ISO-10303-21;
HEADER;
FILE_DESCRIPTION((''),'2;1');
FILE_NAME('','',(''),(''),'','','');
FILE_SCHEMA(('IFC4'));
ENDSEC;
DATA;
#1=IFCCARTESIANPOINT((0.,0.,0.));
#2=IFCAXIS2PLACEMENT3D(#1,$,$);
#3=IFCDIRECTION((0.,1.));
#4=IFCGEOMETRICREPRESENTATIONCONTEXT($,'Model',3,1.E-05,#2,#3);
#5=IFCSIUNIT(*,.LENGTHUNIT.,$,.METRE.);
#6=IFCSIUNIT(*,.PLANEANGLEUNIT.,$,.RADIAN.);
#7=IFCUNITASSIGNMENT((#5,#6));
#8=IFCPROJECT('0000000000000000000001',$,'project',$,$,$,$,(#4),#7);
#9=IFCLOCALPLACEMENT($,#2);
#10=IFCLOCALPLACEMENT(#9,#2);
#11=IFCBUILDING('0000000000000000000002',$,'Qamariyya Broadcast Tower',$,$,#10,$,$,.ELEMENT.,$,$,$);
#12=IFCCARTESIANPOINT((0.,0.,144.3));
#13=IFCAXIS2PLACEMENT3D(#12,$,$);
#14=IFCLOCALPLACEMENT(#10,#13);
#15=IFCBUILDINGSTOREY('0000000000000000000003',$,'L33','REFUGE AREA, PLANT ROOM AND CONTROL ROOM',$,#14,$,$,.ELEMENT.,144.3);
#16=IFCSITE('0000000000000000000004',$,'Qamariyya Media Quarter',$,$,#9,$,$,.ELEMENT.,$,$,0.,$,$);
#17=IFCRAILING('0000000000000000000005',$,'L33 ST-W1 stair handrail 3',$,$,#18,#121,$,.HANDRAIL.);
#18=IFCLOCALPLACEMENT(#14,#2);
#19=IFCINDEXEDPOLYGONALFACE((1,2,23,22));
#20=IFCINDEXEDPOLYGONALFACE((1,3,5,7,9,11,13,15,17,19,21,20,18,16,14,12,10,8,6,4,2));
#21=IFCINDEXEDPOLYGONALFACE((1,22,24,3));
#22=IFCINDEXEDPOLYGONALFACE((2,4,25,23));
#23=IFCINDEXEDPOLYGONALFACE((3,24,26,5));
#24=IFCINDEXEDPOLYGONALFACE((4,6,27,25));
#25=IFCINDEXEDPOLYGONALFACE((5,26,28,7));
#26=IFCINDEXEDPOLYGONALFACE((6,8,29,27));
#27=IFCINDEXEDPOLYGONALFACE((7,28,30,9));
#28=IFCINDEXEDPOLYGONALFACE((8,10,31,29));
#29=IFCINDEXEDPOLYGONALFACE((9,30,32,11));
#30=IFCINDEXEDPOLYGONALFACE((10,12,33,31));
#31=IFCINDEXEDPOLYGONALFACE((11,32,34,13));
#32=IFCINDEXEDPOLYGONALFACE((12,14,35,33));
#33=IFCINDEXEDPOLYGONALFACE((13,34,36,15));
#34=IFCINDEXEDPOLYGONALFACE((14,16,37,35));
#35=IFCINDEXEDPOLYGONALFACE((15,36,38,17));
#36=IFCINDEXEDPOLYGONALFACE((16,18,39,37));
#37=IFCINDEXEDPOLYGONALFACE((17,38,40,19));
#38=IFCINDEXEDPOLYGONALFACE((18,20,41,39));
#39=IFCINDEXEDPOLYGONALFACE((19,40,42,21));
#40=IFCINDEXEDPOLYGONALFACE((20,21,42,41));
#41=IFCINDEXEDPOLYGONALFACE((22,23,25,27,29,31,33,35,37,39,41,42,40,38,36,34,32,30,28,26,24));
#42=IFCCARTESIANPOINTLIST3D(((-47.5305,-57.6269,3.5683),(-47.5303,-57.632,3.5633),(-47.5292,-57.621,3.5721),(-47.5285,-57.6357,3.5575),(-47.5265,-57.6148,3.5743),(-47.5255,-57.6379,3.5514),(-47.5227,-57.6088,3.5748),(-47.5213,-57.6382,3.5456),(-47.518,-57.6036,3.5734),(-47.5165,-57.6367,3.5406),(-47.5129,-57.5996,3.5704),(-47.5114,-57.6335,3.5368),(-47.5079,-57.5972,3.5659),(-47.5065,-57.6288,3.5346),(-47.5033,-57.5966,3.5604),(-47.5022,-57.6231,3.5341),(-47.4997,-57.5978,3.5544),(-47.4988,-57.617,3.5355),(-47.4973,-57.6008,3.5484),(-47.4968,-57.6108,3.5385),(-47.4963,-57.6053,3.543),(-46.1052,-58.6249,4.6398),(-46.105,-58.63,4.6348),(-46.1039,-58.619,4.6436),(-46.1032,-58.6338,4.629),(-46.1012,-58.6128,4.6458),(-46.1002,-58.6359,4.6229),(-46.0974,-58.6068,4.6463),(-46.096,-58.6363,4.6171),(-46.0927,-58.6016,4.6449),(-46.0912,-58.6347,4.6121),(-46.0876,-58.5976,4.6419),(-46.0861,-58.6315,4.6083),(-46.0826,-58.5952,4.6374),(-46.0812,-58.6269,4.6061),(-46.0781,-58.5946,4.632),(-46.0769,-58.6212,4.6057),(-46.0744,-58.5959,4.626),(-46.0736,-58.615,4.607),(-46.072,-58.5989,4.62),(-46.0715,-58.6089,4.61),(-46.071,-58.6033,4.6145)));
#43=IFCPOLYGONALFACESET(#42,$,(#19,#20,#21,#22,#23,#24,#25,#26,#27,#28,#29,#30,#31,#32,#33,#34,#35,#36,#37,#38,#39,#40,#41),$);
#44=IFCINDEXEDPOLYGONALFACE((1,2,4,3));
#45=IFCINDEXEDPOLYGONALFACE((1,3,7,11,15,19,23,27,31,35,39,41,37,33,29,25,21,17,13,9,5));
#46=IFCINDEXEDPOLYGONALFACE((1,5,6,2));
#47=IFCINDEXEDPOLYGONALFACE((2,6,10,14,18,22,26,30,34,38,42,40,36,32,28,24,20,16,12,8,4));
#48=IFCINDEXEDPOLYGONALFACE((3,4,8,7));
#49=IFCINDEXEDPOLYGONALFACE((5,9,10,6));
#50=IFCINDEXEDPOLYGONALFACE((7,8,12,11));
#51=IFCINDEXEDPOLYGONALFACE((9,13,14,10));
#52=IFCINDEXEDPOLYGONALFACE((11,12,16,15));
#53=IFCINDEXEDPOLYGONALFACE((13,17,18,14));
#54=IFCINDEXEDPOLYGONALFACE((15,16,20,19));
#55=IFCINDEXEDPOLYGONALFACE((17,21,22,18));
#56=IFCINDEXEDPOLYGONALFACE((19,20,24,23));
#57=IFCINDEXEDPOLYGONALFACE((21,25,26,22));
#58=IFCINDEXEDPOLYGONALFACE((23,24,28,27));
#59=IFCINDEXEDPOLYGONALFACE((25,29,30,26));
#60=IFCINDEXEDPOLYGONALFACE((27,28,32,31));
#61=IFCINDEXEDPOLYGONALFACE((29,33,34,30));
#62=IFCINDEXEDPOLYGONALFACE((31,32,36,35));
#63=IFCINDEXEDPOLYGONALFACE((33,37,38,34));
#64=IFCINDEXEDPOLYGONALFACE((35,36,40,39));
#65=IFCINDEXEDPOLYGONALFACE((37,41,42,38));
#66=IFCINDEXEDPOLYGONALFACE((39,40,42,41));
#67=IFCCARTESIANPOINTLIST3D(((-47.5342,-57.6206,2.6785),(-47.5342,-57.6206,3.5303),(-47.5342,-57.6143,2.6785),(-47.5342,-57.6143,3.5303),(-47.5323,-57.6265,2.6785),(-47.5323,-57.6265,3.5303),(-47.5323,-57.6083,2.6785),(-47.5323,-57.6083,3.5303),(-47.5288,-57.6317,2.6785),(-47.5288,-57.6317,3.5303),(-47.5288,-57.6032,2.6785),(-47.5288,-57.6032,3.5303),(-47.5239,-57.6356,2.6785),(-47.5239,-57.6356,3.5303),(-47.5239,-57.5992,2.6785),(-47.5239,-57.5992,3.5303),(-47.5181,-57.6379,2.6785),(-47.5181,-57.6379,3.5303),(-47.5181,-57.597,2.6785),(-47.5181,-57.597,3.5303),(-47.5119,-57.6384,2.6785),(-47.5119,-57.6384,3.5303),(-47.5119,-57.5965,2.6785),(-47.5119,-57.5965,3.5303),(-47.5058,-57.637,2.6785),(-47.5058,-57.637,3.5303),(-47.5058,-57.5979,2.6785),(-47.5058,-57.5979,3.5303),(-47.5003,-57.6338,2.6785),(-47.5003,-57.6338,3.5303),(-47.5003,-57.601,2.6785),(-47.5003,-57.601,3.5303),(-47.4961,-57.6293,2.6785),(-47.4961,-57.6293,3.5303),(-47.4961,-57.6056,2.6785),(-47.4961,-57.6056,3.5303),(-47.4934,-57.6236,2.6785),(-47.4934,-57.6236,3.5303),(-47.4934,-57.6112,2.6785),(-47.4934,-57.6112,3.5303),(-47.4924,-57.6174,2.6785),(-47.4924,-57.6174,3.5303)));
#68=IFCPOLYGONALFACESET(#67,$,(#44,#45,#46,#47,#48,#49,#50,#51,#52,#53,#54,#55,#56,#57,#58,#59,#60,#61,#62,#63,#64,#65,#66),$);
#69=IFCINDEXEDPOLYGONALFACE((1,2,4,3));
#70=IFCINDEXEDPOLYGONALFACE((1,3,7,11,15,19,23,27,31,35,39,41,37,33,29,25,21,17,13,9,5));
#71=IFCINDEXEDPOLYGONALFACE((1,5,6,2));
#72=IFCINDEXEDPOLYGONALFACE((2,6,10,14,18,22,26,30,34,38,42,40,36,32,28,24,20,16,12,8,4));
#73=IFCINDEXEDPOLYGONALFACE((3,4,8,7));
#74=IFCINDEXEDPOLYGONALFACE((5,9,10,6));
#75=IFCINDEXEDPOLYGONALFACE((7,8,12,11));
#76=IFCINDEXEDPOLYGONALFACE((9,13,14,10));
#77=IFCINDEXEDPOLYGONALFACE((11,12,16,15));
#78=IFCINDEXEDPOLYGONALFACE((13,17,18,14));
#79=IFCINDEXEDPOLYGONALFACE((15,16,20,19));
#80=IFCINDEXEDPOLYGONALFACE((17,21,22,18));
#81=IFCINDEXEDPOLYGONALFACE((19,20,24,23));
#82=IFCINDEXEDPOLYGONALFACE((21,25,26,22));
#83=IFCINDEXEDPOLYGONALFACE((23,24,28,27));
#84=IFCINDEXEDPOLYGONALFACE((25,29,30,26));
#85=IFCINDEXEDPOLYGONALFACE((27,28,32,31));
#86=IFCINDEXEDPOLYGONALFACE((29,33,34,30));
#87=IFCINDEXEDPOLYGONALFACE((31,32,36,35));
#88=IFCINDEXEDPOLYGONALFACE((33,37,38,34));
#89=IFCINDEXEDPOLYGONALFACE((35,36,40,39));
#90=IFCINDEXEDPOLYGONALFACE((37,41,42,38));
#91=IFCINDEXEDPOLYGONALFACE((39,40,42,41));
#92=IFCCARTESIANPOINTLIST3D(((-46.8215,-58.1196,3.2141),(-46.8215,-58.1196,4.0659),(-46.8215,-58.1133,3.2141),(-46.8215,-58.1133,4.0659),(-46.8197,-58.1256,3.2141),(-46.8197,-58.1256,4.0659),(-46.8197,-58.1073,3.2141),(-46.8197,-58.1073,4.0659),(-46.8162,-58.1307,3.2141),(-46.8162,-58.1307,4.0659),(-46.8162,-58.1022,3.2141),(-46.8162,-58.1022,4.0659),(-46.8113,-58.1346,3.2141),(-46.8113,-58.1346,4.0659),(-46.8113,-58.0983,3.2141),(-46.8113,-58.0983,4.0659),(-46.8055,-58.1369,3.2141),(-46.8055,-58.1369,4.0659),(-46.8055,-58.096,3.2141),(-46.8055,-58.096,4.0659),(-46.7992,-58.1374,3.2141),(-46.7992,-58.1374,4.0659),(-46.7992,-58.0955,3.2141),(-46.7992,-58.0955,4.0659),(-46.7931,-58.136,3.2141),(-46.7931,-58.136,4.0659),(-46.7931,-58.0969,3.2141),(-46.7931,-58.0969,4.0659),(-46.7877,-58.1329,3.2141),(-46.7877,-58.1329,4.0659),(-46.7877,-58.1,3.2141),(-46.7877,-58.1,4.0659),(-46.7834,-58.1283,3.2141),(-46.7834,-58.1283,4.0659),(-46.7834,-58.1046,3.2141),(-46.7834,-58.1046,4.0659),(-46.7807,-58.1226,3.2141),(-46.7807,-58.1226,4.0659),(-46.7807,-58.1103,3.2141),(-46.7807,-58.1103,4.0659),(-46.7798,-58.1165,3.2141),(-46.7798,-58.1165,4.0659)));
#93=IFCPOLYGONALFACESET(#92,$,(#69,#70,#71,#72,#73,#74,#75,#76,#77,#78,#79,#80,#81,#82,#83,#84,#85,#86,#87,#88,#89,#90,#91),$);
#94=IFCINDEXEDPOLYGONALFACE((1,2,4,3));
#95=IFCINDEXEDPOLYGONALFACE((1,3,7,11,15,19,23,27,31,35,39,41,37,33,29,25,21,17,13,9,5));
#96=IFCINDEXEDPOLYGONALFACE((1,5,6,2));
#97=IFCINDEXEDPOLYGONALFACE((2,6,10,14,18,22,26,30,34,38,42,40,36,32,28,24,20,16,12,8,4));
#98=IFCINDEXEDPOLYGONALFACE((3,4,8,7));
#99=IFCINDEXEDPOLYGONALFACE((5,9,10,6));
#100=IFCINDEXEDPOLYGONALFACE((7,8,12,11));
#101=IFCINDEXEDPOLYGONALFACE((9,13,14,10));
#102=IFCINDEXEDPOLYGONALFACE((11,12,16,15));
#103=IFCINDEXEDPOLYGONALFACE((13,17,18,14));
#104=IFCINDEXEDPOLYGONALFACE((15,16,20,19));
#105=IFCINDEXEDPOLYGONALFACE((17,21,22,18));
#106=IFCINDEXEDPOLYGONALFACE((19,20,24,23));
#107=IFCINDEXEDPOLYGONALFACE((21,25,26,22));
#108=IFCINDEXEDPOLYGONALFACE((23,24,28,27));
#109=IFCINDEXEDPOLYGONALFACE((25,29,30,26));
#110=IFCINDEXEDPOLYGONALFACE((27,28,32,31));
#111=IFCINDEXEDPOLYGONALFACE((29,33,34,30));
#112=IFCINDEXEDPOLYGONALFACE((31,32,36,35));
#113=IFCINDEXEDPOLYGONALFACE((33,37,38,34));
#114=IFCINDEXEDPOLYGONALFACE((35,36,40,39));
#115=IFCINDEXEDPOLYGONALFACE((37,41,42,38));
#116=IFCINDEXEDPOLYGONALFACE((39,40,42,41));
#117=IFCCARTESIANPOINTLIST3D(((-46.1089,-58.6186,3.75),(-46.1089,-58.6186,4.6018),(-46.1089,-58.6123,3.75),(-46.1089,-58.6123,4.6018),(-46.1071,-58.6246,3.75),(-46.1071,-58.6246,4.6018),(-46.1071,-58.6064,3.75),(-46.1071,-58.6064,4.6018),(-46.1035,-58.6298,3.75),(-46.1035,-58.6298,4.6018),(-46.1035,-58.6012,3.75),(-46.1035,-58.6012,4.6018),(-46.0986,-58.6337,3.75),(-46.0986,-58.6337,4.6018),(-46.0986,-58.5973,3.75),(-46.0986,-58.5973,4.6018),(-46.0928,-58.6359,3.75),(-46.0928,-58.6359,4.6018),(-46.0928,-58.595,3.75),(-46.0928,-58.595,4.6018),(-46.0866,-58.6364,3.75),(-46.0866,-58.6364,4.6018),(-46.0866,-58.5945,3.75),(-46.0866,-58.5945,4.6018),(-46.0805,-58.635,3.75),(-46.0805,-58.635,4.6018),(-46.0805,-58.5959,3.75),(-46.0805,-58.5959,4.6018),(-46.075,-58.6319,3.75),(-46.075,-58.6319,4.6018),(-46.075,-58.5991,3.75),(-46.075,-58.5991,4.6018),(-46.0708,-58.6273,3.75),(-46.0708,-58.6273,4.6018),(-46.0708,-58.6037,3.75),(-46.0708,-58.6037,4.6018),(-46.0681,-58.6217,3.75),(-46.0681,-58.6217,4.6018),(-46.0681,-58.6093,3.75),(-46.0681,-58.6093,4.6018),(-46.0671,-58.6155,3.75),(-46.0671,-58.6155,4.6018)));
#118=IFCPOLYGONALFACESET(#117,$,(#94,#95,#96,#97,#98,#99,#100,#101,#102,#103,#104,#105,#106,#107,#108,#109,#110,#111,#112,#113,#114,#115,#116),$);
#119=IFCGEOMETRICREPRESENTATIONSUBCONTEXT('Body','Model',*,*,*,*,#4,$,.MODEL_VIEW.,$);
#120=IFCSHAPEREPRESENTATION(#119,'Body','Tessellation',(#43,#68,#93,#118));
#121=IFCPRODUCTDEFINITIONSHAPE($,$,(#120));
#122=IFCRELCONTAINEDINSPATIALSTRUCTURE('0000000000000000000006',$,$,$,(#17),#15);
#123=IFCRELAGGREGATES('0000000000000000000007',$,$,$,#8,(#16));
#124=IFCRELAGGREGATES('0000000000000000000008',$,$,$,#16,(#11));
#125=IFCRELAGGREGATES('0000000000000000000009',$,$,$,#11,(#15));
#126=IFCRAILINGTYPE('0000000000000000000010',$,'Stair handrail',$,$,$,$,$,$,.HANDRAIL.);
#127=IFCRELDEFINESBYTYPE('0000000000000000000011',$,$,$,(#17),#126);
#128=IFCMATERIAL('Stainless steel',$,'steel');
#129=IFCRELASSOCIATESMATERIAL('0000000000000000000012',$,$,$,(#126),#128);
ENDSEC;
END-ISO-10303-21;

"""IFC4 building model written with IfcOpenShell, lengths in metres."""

from ifc_helpers import new_model, si_unit, direction, frame, origin, origin_2d, place, context, subcontext, project, spatial, circle, extrude, material, type_object, element, save


model = new_model("IFC4")

# Units and contexts
model_context = context("Model", 3, precision=1e-05, world=origin(), true_north=direction((0.0, 1.0)))
body_context = subcontext(model_context, "Body", "Model", "MODEL_VIEW")
ifc_project = project(units=[si_unit("LENGTHUNIT", "METRE"), si_unit("PLANEANGLEUNIT", "RADIAN")], contexts=[model_context])

# Site, building, storey
site_placement = place(None, origin())
site = spatial("IfcSite", under=ifc_project, at=site_placement, Name="Qamariyya Media Quarter", CompositionType="ELEMENT", RefElevation=0.0)
building_placement = place(site_placement, origin())
building = spatial("IfcBuilding", under=site, at=building_placement, Name="Qamariyya Broadcast Tower", CompositionType="ELEMENT")
storey_placement = place(building_placement, frame((0.0, 0.0, 144.3)))
storey = spatial("IfcBuildingStorey", under=building, at=storey_placement, Name="L33", Description="REFUGE AREA, PLANT ROOM AND CONTROL ROOM", CompositionType="ELEMENT", Elevation=144.3)

# Railing
ifc_material_1 = material(Name="Stainless steel", Category="steel")
railing_type_1 = type_object("IfcRailingType", Name="Stair handrail", PredefinedType="HANDRAIL", material=ifc_material_1)
railing_1_placement = place(storey_placement, frame((-47.5134, -57.6174, 2.6785)))
element("IfcRailing", 1, at=railing_1_placement, inside=storey, type_object=railing_type_1, Name="L33 ST-W1 stair handrail 3", PredefinedType="HANDRAIL", context=body_context, shape_type="SweptSolid", body=[
    extrude(circle(Radius=0.0239, at=origin_2d()), frame((0.0, 0.0, 0.876), z_axis=(0.697489, -0.48841, 0.524371), x_axis=(0.573594, 0.81914, 0.0)), (0.0, 0.0, 1.0), 2.0435),
    extrude(circle(Radius=0.021, at=origin_2d()), origin(), (0.0, 0.0, 1.0), 0.8518),
    extrude(circle(Radius=0.021, at=origin_2d()), frame((0.7126, -0.499, 0.5356)), (0.0, 0.0, 1.0), 0.8518),
    extrude(circle(Radius=0.021, at=origin_2d()), frame((1.4253, -0.998, 1.0715)), (0.0, 0.0, 1.0), 0.8518),
])

save(model, "model.ifc")
